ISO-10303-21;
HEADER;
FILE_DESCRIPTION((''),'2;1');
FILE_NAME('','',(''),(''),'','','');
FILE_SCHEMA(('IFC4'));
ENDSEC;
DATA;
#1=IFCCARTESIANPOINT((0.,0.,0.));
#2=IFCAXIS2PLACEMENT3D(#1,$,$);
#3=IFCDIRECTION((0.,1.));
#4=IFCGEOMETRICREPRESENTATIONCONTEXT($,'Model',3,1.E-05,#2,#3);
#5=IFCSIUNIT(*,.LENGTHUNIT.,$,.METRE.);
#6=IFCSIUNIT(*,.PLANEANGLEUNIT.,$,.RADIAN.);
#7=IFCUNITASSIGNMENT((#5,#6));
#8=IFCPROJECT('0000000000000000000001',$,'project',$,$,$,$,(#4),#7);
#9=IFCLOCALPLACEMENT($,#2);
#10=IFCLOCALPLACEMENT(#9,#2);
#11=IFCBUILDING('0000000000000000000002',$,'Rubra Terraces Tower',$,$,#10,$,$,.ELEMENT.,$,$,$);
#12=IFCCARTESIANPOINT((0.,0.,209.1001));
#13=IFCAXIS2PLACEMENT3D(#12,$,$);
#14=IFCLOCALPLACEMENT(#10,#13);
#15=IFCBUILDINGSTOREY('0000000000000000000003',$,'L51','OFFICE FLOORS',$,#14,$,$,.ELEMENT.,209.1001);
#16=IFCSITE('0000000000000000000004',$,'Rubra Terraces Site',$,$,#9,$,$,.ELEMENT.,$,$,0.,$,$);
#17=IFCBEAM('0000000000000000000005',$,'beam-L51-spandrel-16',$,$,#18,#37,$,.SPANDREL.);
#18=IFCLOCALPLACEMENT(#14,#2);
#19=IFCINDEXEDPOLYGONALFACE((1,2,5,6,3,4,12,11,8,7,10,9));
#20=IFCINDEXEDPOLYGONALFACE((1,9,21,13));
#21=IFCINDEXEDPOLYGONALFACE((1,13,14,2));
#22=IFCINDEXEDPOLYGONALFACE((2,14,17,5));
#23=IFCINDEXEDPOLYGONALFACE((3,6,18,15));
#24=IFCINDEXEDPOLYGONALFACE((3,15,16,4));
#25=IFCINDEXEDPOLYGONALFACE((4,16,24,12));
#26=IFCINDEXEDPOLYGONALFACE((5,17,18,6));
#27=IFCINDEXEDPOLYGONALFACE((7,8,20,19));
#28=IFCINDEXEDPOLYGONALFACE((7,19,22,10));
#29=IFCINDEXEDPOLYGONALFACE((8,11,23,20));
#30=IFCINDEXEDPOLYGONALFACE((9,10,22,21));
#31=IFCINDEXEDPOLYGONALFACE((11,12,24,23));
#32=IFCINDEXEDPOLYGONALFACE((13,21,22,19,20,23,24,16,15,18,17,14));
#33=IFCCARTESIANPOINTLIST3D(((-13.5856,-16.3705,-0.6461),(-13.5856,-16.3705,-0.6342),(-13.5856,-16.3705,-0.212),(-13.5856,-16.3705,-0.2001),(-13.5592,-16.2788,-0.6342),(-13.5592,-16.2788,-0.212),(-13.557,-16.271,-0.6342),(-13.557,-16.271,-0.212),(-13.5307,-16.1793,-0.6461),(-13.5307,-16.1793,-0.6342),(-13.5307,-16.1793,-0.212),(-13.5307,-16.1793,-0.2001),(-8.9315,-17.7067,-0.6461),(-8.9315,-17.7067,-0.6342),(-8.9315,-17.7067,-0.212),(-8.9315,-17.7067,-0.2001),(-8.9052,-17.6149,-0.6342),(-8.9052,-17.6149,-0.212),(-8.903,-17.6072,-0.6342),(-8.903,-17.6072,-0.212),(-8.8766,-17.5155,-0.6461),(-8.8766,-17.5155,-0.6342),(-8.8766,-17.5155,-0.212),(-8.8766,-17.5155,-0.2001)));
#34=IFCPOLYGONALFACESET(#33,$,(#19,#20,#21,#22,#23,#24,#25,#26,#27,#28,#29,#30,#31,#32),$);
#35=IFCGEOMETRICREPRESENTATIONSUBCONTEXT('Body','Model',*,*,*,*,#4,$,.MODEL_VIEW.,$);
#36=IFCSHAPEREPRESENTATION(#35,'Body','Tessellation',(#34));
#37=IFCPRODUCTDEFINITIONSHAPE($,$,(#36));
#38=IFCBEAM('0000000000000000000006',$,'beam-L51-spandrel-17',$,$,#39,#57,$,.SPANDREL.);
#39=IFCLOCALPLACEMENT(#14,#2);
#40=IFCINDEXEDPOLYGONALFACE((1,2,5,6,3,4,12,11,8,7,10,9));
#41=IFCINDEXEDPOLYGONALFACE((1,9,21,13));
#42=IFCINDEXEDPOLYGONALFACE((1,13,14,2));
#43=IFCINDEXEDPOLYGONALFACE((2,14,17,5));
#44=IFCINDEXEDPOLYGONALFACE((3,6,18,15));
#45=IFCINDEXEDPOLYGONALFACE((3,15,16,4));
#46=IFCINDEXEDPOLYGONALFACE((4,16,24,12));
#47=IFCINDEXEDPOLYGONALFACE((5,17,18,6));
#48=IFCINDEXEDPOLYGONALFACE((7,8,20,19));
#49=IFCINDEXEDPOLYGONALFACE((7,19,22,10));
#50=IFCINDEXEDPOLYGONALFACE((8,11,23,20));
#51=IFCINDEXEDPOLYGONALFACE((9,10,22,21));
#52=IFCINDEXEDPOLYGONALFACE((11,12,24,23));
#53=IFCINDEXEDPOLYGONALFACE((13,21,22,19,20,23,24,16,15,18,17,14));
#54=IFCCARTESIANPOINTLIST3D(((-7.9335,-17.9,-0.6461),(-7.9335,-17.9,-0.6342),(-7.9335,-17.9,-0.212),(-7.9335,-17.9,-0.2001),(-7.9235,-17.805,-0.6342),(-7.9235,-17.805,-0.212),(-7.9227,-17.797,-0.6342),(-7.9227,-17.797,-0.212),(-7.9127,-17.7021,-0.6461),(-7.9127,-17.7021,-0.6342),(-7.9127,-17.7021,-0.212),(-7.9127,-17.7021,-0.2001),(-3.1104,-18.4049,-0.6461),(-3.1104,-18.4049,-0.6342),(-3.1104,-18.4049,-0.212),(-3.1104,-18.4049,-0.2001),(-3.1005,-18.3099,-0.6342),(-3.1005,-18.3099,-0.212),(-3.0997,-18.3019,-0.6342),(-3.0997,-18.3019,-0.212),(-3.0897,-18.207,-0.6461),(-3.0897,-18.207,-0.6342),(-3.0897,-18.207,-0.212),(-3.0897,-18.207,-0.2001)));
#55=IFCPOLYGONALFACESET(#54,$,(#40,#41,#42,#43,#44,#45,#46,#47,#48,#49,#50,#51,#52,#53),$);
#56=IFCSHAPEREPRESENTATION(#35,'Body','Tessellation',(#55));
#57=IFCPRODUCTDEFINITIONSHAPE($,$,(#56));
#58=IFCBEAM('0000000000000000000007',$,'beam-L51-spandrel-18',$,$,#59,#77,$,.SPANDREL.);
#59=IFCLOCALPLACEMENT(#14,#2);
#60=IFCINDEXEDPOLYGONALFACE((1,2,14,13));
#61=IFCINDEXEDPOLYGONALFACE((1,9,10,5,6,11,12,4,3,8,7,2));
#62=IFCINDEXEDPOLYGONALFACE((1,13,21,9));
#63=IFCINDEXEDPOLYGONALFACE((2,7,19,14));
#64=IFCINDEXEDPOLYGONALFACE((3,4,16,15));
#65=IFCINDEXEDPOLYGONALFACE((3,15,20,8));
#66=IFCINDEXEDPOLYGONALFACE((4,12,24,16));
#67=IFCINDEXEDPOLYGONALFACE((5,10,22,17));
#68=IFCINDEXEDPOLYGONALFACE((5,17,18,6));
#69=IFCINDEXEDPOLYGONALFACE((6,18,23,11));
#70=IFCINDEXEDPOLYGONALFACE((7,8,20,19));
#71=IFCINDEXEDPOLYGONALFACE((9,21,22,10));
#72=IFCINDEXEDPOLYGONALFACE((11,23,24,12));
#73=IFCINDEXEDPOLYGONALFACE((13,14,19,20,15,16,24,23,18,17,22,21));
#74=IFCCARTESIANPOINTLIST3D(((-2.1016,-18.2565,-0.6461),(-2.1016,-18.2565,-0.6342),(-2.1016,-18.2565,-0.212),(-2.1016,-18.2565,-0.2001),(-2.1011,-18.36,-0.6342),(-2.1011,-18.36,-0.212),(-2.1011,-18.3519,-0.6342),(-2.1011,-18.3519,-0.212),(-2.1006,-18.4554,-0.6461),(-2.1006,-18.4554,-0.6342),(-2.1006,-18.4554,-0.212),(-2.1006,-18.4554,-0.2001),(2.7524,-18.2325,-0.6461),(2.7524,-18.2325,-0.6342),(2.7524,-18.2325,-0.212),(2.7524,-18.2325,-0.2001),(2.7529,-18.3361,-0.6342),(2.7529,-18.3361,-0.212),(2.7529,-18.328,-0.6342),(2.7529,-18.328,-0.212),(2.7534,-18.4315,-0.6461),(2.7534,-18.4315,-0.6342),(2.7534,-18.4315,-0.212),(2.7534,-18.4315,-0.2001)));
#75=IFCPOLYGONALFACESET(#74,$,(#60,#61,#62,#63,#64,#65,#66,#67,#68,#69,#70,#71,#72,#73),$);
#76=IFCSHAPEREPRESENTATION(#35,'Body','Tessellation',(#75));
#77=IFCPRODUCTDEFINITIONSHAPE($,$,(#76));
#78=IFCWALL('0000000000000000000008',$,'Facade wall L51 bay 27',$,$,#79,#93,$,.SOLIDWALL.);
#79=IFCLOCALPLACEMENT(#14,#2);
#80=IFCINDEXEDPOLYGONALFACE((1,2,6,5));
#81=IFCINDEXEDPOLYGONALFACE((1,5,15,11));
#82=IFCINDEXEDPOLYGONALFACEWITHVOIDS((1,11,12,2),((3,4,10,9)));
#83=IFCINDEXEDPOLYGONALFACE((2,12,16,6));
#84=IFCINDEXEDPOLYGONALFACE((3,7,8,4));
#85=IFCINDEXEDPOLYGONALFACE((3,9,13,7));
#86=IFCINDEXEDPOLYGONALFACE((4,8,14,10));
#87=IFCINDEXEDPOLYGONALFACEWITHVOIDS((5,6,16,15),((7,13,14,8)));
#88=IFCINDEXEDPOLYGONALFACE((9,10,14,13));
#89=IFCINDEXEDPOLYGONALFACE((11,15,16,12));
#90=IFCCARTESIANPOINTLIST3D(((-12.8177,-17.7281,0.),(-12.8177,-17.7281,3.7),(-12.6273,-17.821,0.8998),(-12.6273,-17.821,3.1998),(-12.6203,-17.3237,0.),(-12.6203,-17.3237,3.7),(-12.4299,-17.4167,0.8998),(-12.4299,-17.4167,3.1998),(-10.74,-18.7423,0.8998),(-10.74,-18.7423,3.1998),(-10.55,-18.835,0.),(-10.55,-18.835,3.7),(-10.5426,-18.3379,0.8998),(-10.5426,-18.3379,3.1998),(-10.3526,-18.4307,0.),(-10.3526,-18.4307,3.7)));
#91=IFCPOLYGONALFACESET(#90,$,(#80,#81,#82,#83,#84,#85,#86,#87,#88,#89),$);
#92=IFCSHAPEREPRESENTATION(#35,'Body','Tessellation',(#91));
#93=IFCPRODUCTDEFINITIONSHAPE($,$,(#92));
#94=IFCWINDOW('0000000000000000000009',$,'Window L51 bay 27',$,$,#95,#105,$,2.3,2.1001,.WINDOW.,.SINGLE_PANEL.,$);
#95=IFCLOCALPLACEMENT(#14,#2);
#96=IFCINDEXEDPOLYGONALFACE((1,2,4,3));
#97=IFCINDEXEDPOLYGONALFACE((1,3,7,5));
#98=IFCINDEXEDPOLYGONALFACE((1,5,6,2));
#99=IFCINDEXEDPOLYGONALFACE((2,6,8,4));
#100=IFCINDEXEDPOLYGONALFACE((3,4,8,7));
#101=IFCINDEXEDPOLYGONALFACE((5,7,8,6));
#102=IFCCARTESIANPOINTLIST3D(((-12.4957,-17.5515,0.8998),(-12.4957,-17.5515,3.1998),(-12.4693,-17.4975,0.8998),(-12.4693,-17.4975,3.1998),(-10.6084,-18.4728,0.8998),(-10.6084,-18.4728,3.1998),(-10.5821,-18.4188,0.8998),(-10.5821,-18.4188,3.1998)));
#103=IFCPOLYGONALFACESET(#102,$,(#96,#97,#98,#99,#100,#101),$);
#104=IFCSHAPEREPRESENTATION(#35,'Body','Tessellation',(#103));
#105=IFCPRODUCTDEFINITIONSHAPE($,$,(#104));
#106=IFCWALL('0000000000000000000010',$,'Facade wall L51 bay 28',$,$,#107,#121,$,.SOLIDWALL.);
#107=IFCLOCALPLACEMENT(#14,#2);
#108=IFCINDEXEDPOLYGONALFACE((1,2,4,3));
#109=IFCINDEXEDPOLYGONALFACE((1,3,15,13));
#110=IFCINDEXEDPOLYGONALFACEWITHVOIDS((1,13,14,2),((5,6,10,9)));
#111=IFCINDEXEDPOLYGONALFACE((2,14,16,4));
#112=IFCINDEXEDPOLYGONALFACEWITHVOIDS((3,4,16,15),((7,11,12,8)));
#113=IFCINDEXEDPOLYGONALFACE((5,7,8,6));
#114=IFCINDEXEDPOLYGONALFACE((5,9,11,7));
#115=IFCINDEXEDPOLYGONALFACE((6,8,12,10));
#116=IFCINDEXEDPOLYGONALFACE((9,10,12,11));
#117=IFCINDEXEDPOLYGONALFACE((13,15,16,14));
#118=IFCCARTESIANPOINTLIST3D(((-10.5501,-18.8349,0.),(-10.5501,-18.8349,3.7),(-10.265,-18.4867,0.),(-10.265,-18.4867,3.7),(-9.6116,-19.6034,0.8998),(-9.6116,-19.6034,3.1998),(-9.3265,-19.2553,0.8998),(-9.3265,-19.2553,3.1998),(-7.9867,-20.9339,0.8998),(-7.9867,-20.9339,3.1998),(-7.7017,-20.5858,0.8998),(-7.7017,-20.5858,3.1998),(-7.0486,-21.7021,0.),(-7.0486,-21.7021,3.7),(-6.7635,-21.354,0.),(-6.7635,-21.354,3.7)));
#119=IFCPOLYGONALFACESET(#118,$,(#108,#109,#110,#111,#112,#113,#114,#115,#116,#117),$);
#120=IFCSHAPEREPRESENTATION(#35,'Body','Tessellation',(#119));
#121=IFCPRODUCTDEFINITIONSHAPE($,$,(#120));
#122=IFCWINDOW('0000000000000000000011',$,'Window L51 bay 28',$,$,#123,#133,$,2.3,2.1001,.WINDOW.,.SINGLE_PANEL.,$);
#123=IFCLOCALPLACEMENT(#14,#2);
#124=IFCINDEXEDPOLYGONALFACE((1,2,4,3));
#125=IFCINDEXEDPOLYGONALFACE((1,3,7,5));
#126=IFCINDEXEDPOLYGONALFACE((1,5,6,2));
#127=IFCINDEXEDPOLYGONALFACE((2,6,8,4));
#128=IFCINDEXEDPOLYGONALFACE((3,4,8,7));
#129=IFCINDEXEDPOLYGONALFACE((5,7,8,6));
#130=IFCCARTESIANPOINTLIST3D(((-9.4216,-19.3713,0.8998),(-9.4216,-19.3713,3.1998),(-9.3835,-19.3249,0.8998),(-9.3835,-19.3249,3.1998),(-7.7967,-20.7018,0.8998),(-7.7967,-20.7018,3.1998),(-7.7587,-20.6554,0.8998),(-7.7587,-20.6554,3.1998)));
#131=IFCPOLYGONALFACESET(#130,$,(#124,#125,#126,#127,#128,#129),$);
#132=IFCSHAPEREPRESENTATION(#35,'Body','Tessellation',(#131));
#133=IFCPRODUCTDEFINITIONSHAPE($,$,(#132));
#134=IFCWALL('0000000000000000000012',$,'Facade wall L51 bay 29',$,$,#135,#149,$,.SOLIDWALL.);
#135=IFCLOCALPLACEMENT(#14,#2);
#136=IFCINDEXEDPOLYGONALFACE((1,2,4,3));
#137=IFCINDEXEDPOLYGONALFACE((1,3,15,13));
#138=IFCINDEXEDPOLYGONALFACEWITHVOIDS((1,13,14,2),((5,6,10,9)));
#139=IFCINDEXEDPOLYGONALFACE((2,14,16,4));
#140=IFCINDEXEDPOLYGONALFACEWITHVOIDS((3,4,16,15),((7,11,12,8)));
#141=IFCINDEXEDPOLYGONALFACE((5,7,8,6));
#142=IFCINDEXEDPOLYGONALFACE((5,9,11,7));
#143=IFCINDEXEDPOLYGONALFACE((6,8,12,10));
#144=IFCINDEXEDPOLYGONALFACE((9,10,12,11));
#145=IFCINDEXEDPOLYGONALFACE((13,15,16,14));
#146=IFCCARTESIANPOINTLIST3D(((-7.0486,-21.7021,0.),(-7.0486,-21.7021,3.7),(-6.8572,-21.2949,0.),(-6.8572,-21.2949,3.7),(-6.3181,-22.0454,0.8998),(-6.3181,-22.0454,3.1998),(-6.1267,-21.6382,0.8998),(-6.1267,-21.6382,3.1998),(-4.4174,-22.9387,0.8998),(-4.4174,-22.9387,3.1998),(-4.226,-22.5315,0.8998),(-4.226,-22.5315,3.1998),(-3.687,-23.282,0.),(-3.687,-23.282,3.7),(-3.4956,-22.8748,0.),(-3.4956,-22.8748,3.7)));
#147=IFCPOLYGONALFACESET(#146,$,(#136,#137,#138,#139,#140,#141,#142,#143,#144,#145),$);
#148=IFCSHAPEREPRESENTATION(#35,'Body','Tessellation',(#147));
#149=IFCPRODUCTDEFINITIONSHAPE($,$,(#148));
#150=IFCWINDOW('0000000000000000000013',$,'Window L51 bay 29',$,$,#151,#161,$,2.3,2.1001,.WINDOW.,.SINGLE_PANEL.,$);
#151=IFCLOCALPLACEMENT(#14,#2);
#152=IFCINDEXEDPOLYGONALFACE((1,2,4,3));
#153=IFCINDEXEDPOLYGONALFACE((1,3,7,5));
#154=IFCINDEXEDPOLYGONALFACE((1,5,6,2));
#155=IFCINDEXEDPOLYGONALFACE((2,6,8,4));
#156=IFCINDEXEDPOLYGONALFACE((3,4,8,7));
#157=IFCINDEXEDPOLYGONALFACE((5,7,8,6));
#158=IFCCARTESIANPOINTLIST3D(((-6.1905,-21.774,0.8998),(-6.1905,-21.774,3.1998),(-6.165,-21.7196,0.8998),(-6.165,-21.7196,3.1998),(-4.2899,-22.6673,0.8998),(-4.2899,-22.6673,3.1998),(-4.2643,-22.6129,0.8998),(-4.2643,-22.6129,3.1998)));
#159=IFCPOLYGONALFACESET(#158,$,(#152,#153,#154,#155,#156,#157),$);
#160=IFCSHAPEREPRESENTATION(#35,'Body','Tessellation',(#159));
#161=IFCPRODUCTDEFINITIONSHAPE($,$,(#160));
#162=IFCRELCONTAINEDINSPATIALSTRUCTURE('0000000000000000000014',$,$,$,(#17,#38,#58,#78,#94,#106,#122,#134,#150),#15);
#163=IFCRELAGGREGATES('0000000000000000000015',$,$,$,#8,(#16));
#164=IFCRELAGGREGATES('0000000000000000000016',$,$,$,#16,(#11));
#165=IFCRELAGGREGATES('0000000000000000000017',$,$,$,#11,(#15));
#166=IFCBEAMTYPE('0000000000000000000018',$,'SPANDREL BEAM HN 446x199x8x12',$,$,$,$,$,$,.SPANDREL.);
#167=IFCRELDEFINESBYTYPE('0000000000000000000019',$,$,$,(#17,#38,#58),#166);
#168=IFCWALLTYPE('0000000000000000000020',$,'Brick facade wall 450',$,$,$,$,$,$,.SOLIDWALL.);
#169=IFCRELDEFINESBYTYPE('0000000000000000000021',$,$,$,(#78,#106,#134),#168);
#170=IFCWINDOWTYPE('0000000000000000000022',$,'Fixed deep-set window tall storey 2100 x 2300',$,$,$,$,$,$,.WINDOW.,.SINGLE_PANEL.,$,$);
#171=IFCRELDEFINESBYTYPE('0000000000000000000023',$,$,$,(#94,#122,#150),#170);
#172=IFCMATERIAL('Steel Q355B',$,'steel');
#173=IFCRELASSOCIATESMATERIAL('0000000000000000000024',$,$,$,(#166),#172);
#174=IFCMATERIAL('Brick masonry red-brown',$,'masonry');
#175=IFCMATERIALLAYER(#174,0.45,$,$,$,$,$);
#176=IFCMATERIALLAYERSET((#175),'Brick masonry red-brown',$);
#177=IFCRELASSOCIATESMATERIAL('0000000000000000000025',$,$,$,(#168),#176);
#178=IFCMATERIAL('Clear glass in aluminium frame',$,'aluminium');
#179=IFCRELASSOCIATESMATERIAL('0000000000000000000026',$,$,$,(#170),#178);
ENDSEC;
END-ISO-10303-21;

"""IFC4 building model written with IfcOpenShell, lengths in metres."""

from ifc_helpers import new_model, si_unit, direction, frame, frame_2d, origin, origin_2d, place, context, subcontext, project, spatial, rectangle, i_section, extrude, material, layer, layer_set, material_profile, profile_set, type_object, element, fill, save


model = new_model("IFC4")

# Units and contexts
model_context = context("Model", 3, precision=1e-05, world=origin(), true_north=direction((0.0, 1.0)))
body_context = subcontext(model_context, "Body", "Model", "MODEL_VIEW")
ifc_project = project(units=[si_unit("LENGTHUNIT", "METRE"), si_unit("PLANEANGLEUNIT", "RADIAN")], contexts=[model_context])

# Site, building, storey
site_placement = place(None, origin())
site = spatial("IfcSite", under=ifc_project, at=site_placement, Name="Rubra Terraces Site", CompositionType="ELEMENT", RefElevation=0.0)
building_placement = place(site_placement, origin())
building = spatial("IfcBuilding", under=site, at=building_placement, Name="Rubra Terraces Tower", CompositionType="ELEMENT")
storey_placement = place(building_placement, frame((0.0, 0.0, 209.1001)))
storey = spatial("IfcBuildingStorey", under=building, at=storey_placement, Name="L51", Description="OFFICE FLOORS", CompositionType="ELEMENT", Elevation=209.1001)

# Beams
ifc_material_1 = material(Name="Steel Q355B", Category="steel")
ifc_material_profile_1 = material_profile(ifc_material_1, i_section(OverallWidth=0.199, OverallDepth=0.446, WebThickness=0.0081, FlangeThickness=0.012, at=origin_2d()), Name="HN 446x199x8x12")
ifc_profile_set_1 = profile_set([ifc_material_profile_1], Name="Steel Q355B")
beam_type_1 = type_object("IfcBeamType", Name="SPANDREL BEAM HN 446x199x8x12", PredefinedType="SPANDREL", material=ifc_profile_set_1)
beam_1_placement = place(storey_placement, frame((-13.5581, -16.2749, -0.4231), z_axis=(0.961171, -0.275953, 0.0), x_axis=(0.275953, 0.961171, 0.0)))
element("IfcBeam", 1, at=beam_1_placement, inside=storey, type_object=beam_type_1, Name="beam-L51-spandrel-16", PredefinedType="SPANDREL", context=body_context, shape_type="SweptSolid", body=[
    extrude(i_section(OverallWidth=0.199, OverallDepth=0.446, WebThickness=0.0081, FlangeThickness=0.012, at=origin_2d()), origin(), (0.0, 0.0, 1.0), 4.842),
])
beam_2_placement = place(storey_placement, frame((-7.9231, -17.801, -0.4231), z_axis=(0.994565, -0.104113, 0.0), x_axis=(0.104113, 0.994565, 0.0)))
element("IfcBeam", 2, at=beam_2_placement, inside=storey, type_object=beam_type_1, Name="beam-L51-spandrel-17", PredefinedType="SPANDREL", context=body_context, shape_type="SweptSolid", body=[
    extrude(i_section(OverallWidth=0.199, OverallDepth=0.446, WebThickness=0.0081, FlangeThickness=0.012, at=origin_2d()), origin(), (0.0, 0.0, 1.0), 4.8494),
])
beam_3_placement = place(storey_placement, frame((-2.1011, -18.356, -0.4231), z_axis=(0.999988, 0.004929, 0.0), x_axis=(-0.004929, 0.999988, 0.0)))
element("IfcBeam", 3, at=beam_3_placement, inside=storey, type_object=beam_type_1, Name="beam-L51-spandrel-18", PredefinedType="SPANDREL", context=body_context, shape_type="SweptSolid", body=[
    extrude(i_section(OverallWidth=0.199, OverallDepth=0.446, WebThickness=0.0081, FlangeThickness=0.012, at=origin_2d()), origin(), (0.0, 0.0, 1.0), 4.854),
])

# Walls, openings, windows
ifc_material_2 = material(Name="Brick masonry red-brown", Category="masonry")
ifc_layer_1 = layer(ifc_material_2, 0.45)
ifc_layer_set_1 = layer_set([ifc_layer_1], Name="Brick masonry red-brown")
wall_type_1 = type_object("IfcWallType", Name="Brick facade wall 450", PredefinedType="SOLIDWALL", material=ifc_layer_set_1)
wall_1_placement = place(storey_placement, frame((-12.719, -17.5259, 0.0), z_axis=(0.0, 0.0, 1.0), x_axis=(0.898644, -0.438679, 0.0)))
wall_1 = element("IfcWall", 4, at=wall_1_placement, inside=storey, type_object=wall_type_1, Name="Facade wall L51 bay 27", PredefinedType="SOLIDWALL", context=body_context, shape_type="SweptSolid", body=[
    extrude(rectangle(XDim=2.5234, YDim=0.45, at=frame_2d((1.2617, 0.0))), origin(), (0.0, 0.0, 1.0), 3.7),
])
opening_1_placement = place(wall_1_placement, frame((0.2119, 0.0, 0.8999)))
opening_1 = element("IfcOpeningElement", 5, at=opening_1_placement, cuts=wall_1, PredefinedType="OPENING", context=body_context, shape_type="SweptSolid", body=[
    extrude(rectangle(XDim=2.1001, YDim=2.3, at=frame_2d((1.05, 1.1499))), frame((0.0, 0.2349, 0.0), z_axis=(0.0, -1.0, 0.0), x_axis=(1.0, 0.0, 0.0)), (0.0, 0.0, 1.0), 0.47),
])
ifc_material_3 = material(Name="Clear glass in aluminium frame", Category="aluminium")
window_type = type_object("IfcWindowType", Name="Fixed deep-set window tall storey 2100 x 2300", PartitioningType="SINGLE_PANEL", PredefinedType="WINDOW", material=ifc_material_3)
window_1_placement = place(opening_1_placement, origin())
window_1 = element("IfcWindow", 6, at=window_1_placement, inside=storey, type_object=window_type, Name="Window L51 bay 27", OverallHeight=2.3, OverallWidth=2.1001, PartitioningType="SINGLE_PANEL", PredefinedType="WINDOW", context=body_context, shape_type="SweptSolid", body=[
    extrude(rectangle(XDim=2.1001, YDim=2.3, at=frame_2d((1.05, 1.1499))), frame((0.0, 0.135, 0.0), z_axis=(0.0, -1.0, 0.0), x_axis=(1.0, 0.0, 0.0)), (0.0, 0.0, 1.0), 0.0601),
])
fill(opening_1, window_1)
wall_2_placement = place(storey_placement, frame((-10.4075, -18.6609, 0.0), z_axis=(0.0, 0.0, 1.0), x_axis=(0.773702, -0.633549, 0.0)))
wall_2 = element("IfcWall", 7, at=wall_2_placement, inside=storey, type_object=wall_type_1, Name="Facade wall L51 bay 28", PredefinedType="SOLIDWALL", context=body_context, shape_type="SweptSolid", body=[
    extrude(rectangle(XDim=4.5256, YDim=0.45, at=frame_2d((2.2627, 0.0))), origin(), (0.0, 0.0, 1.0), 3.7),
])
opening_2_placement = place(wall_2_placement, frame((1.2129, 0.0, 0.8999)))
opening_2 = element("IfcOpeningElement", 8, at=opening_2_placement, cuts=wall_2, PredefinedType="OPENING", context=body_context, shape_type="SweptSolid", body=[
    extrude(rectangle(XDim=2.1001, YDim=2.3, at=frame_2d((1.05, 1.1499))), frame((0.0, 0.2349, 0.0), z_axis=(0.0, -1.0, 0.0), x_axis=(1.0, 0.0, 0.0)), (0.0, 0.0, 1.0), 0.47),
])
window_2_placement = place(opening_2_placement, origin())
window_2 = element("IfcWindow", 9, at=window_2_placement, inside=storey, type_object=window_type, Name="Window L51 bay 28", OverallHeight=2.3, OverallWidth=2.1001, PartitioningType="SINGLE_PANEL", PredefinedType="WINDOW", context=body_context, shape_type="SweptSolid", body=[
    extrude(rectangle(XDim=2.1001, YDim=2.3, at=frame_2d((1.05, 1.1499))), frame((0.0, 0.135, 0.0), z_axis=(0.0, -1.0, 0.0), x_axis=(1.0, 0.0, 0.0)), (0.0, 0.0, 1.0), 0.0601),
])
fill(opening_2, window_2)
wall_3_placement = place(storey_placement, frame((-6.9529, -21.4985, 0.0), z_axis=(0.0, 0.0, 1.0), x_axis=(0.905035, -0.425338, 0.0)))
wall_3 = element("IfcWall", 10, at=wall_3_placement, inside=storey, type_object=wall_type_1, Name="Facade wall L51 bay 29", PredefinedType="SOLIDWALL", context=body_context, shape_type="SweptSolid", body=[
    extrude(rectangle(XDim=3.7144, YDim=0.45, at=frame_2d((1.8572, 0.0))), origin(), (0.0, 0.0, 1.0), 3.7),
])
opening_3_placement = place(wall_3_placement, frame((0.8071, 0.0, 0.8999)))
opening_3 = element("IfcOpeningElement", 11, at=opening_3_placement, cuts=wall_3, PredefinedType="OPENING", context=body_context, shape_type="SweptSolid", body=[
    extrude(rectangle(XDim=2.1001, YDim=2.3, at=frame_2d((1.05, 1.1499))), frame((0.0, 0.2349, 0.0), z_axis=(0.0, -1.0, 0.0), x_axis=(1.0, 0.0, 0.0)), (0.0, 0.0, 1.0), 0.47),
])
window_3_placement = place(opening_3_placement, origin())
window_3 = element("IfcWindow", 12, at=window_3_placement, inside=storey, type_object=window_type, Name="Window L51 bay 29", OverallHeight=2.3, OverallWidth=2.1001, PartitioningType="SINGLE_PANEL", PredefinedType="WINDOW", context=body_context, shape_type="SweptSolid", body=[
    extrude(rectangle(XDim=2.1001, YDim=2.3, at=frame_2d((1.05, 1.1499))), frame((0.0, 0.135, 0.0), z_axis=(0.0, -1.0, 0.0), x_axis=(1.0, 0.0, 0.0)), (0.0, 0.0, 1.0), 0.0601),
])
fill(opening_3, window_3)

save(model, "model.ifc")
